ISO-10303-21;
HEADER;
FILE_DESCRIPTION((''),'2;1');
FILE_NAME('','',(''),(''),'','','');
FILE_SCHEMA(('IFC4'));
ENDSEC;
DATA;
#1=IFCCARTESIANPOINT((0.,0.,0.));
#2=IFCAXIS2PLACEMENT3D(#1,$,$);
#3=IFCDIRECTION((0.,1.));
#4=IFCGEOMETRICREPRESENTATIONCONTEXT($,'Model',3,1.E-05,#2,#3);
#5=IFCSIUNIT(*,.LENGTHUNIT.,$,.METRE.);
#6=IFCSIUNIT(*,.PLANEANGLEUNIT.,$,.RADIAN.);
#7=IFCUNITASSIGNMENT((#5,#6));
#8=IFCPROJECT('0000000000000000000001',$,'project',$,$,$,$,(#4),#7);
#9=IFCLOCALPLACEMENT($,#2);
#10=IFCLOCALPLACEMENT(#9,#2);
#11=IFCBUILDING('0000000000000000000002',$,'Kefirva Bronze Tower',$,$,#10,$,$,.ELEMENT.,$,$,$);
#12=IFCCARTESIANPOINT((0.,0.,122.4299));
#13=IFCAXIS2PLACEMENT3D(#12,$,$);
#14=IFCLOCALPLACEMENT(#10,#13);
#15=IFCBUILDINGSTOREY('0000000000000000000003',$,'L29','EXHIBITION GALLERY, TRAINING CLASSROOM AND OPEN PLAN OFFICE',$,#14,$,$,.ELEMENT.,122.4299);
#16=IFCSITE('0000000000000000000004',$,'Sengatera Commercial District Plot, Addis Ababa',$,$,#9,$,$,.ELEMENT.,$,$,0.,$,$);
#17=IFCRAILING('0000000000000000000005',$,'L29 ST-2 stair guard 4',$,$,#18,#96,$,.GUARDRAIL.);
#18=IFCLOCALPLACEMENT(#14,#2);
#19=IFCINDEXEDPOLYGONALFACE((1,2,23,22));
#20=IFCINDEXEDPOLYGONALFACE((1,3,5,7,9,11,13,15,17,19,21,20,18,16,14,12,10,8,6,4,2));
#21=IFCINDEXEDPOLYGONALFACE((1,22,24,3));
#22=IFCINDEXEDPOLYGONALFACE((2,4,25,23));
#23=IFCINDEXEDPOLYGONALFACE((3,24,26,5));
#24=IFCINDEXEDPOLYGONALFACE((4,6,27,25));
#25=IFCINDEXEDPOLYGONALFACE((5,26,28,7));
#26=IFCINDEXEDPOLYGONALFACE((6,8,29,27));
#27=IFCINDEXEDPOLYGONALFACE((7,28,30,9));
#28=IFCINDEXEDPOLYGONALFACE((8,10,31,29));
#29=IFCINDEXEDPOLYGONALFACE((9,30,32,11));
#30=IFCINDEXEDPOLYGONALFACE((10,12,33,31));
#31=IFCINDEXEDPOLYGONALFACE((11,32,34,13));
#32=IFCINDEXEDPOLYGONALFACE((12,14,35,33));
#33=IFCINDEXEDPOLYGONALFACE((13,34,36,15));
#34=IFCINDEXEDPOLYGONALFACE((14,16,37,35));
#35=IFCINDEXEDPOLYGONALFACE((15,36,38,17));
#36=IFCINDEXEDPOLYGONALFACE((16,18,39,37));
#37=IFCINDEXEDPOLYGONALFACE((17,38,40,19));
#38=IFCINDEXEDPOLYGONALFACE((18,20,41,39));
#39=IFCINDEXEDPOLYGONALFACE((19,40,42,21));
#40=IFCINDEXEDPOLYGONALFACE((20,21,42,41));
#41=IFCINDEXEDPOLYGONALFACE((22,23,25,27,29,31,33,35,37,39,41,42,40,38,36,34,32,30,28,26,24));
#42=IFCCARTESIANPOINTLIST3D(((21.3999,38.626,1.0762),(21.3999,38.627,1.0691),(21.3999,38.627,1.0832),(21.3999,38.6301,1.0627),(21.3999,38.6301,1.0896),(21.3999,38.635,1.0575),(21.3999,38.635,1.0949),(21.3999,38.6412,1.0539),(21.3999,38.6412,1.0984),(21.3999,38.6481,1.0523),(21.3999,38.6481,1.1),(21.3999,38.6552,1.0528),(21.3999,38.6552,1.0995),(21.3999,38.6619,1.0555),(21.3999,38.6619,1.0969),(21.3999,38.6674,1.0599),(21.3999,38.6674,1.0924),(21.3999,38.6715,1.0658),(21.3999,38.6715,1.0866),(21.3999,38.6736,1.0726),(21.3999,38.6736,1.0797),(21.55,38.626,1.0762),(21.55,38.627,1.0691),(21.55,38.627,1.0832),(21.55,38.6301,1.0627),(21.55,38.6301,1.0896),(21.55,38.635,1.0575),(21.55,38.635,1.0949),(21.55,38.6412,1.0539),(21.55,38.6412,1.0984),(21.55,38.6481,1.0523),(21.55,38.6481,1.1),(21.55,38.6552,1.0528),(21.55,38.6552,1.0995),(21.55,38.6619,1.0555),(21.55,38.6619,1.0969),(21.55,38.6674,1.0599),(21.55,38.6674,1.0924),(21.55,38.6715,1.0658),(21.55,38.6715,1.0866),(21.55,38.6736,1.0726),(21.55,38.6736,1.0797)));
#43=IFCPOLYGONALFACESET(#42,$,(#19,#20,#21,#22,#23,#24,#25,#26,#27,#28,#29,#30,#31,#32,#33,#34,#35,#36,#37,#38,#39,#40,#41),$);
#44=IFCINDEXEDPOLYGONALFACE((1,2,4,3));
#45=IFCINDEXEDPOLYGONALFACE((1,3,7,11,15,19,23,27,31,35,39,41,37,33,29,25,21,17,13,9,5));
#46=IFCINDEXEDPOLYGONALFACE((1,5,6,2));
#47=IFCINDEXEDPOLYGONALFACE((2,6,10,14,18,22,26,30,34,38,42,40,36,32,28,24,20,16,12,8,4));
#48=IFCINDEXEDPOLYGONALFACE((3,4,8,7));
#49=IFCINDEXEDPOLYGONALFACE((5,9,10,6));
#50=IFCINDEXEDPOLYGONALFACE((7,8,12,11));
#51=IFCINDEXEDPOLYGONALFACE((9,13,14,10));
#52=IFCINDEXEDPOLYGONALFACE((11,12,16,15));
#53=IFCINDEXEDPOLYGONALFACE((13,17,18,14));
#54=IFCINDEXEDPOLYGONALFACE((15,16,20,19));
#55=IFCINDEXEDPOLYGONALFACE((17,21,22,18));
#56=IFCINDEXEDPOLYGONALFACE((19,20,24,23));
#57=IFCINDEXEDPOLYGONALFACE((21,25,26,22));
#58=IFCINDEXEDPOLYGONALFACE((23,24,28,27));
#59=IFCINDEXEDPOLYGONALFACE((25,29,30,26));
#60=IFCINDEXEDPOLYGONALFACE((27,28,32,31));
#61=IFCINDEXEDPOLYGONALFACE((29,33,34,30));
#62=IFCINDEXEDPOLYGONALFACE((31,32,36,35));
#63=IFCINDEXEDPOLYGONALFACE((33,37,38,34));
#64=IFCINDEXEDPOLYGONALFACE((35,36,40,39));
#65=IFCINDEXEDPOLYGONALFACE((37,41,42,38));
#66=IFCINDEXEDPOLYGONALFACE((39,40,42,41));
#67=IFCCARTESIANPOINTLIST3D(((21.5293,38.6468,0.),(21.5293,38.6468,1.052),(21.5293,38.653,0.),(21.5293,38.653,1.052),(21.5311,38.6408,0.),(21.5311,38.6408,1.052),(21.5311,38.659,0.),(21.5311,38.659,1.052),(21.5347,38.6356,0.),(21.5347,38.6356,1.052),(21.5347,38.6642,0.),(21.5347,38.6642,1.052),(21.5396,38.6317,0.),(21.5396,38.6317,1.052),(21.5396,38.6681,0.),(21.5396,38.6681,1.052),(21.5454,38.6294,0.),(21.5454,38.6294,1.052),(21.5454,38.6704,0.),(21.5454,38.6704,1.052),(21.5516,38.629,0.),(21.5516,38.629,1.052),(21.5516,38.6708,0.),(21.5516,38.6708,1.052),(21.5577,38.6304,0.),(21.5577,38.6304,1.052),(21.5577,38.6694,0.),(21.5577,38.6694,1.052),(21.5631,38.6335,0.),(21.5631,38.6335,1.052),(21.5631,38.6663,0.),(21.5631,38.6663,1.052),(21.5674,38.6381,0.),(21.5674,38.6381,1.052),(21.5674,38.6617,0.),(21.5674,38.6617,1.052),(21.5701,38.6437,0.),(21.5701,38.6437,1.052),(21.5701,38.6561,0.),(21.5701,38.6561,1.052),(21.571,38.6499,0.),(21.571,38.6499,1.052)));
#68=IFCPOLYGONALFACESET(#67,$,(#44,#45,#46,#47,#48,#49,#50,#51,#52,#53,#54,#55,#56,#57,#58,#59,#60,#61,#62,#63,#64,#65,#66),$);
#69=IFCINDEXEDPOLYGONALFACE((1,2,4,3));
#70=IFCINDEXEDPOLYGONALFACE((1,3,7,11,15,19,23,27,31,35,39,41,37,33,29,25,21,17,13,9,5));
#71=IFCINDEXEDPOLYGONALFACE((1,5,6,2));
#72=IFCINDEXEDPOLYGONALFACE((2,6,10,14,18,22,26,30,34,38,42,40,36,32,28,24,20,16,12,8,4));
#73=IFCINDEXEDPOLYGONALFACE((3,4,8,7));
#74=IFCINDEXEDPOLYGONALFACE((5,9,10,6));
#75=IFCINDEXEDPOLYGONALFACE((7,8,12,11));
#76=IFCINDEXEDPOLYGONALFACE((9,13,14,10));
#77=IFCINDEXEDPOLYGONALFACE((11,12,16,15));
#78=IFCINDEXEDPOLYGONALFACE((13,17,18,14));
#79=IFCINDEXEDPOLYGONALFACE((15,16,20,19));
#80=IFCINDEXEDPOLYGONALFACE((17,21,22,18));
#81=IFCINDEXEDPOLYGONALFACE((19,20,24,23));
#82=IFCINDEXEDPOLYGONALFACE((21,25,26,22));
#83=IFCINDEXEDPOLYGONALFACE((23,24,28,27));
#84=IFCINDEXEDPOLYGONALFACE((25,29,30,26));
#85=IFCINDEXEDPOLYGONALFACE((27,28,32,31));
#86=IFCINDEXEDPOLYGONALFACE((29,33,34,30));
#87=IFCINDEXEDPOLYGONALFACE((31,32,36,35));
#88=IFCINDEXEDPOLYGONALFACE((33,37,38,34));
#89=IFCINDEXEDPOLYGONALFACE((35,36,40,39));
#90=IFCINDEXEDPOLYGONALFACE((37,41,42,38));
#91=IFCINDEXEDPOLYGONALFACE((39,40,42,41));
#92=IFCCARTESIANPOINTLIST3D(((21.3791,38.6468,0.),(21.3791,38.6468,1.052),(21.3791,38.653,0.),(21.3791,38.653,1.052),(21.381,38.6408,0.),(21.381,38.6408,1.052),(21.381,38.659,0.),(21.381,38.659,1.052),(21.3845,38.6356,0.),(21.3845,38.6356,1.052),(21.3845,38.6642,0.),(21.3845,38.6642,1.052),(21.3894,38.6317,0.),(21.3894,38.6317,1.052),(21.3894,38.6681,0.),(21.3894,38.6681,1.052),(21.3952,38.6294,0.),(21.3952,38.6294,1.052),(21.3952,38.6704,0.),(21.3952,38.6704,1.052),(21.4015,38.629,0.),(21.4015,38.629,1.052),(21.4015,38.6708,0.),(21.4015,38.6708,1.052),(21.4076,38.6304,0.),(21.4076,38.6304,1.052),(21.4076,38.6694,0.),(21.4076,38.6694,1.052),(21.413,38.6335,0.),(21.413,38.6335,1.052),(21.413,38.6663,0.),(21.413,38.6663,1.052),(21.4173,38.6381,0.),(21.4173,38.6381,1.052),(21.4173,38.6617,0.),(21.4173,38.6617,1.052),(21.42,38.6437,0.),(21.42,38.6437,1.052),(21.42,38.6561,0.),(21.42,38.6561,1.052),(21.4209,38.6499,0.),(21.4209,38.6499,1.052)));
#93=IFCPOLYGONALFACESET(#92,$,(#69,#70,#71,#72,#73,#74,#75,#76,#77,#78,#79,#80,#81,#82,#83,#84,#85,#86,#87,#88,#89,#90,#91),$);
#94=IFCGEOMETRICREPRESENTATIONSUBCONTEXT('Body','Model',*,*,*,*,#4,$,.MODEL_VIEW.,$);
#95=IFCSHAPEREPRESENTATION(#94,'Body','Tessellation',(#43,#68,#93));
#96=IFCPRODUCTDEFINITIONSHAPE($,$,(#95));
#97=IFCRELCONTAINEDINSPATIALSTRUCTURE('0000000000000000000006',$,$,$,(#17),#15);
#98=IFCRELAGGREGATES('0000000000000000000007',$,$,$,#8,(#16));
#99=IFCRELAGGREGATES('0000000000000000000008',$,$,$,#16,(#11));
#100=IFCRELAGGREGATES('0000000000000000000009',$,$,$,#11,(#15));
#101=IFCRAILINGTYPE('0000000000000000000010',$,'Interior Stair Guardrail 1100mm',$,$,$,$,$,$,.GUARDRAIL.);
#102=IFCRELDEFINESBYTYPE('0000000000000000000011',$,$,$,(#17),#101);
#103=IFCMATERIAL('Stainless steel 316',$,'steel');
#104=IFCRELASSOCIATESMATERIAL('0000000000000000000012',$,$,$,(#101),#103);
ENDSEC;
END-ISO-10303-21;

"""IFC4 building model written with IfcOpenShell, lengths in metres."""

from ifc_helpers import new_model, si_unit, direction, frame, origin, origin_2d, place, context, subcontext, project, spatial, circle, extrude, material, type_object, element, save


model = new_model("IFC4")

# Units and contexts
model_context = context("Model", 3, precision=1e-05, world=origin(), true_north=direction((0.0, 1.0)))
body_context = subcontext(model_context, "Body", "Model", "MODEL_VIEW")
ifc_project = project(units=[si_unit("LENGTHUNIT", "METRE"), si_unit("PLANEANGLEUNIT", "RADIAN")], contexts=[model_context])

# Site, building, storey
site_placement = place(None, origin())
site = spatial("IfcSite", under=ifc_project, at=site_placement, Name="Sengatera Commercial District Plot, Addis Ababa", CompositionType="ELEMENT", RefElevation=0.0)
building_placement = place(site_placement, origin())
building = spatial("IfcBuilding", under=site, at=building_placement, Name="Kefirva Bronze Tower", CompositionType="ELEMENT")
storey_placement = place(building_placement, frame((0.0, 0.0, 122.4299)))
storey = spatial("IfcBuildingStorey", under=building, at=storey_placement, Name="L29", Description="EXHIBITION GALLERY, TRAINING CLASSROOM AND OPEN PLAN OFFICE", CompositionType="ELEMENT", Elevation=122.4299)

# Railing
ifc_material_1 = material(Name="Stainless steel 316", Category="steel")
railing_type_1 = type_object("IfcRailingType", Name="Interior Stair Guardrail 1100mm", PredefinedType="GUARDRAIL", material=ifc_material_1)
railing_1_placement = place(storey_placement, frame((21.55, 38.6499, 0.0)))
element("IfcRailing", 1, at=railing_1_placement, inside=storey, type_object=railing_type_1, Name="L29 ST-2 stair guard 4", PredefinedType="GUARDRAIL", context=body_context, shape_type="SweptSolid", body=[
    extrude(circle(Radius=0.0239, at=origin_2d()), frame((0.0, 0.0, 1.0762), z_axis=(-1.0, 0.0, 0.0), x_axis=(0.0, -1.0, 0.0)), (0.0, 0.0, 1.0), 0.1501),
    extrude(circle(Radius=0.021, at=origin_2d()), origin(), (0.0, 0.0, 1.0), 1.052),
    extrude(circle(Radius=0.021, at=origin_2d()), frame((-0.1501, 0.0, 0.0)), (0.0, 0.0, 1.0), 1.052),
])

save(model, "model.ifc")
